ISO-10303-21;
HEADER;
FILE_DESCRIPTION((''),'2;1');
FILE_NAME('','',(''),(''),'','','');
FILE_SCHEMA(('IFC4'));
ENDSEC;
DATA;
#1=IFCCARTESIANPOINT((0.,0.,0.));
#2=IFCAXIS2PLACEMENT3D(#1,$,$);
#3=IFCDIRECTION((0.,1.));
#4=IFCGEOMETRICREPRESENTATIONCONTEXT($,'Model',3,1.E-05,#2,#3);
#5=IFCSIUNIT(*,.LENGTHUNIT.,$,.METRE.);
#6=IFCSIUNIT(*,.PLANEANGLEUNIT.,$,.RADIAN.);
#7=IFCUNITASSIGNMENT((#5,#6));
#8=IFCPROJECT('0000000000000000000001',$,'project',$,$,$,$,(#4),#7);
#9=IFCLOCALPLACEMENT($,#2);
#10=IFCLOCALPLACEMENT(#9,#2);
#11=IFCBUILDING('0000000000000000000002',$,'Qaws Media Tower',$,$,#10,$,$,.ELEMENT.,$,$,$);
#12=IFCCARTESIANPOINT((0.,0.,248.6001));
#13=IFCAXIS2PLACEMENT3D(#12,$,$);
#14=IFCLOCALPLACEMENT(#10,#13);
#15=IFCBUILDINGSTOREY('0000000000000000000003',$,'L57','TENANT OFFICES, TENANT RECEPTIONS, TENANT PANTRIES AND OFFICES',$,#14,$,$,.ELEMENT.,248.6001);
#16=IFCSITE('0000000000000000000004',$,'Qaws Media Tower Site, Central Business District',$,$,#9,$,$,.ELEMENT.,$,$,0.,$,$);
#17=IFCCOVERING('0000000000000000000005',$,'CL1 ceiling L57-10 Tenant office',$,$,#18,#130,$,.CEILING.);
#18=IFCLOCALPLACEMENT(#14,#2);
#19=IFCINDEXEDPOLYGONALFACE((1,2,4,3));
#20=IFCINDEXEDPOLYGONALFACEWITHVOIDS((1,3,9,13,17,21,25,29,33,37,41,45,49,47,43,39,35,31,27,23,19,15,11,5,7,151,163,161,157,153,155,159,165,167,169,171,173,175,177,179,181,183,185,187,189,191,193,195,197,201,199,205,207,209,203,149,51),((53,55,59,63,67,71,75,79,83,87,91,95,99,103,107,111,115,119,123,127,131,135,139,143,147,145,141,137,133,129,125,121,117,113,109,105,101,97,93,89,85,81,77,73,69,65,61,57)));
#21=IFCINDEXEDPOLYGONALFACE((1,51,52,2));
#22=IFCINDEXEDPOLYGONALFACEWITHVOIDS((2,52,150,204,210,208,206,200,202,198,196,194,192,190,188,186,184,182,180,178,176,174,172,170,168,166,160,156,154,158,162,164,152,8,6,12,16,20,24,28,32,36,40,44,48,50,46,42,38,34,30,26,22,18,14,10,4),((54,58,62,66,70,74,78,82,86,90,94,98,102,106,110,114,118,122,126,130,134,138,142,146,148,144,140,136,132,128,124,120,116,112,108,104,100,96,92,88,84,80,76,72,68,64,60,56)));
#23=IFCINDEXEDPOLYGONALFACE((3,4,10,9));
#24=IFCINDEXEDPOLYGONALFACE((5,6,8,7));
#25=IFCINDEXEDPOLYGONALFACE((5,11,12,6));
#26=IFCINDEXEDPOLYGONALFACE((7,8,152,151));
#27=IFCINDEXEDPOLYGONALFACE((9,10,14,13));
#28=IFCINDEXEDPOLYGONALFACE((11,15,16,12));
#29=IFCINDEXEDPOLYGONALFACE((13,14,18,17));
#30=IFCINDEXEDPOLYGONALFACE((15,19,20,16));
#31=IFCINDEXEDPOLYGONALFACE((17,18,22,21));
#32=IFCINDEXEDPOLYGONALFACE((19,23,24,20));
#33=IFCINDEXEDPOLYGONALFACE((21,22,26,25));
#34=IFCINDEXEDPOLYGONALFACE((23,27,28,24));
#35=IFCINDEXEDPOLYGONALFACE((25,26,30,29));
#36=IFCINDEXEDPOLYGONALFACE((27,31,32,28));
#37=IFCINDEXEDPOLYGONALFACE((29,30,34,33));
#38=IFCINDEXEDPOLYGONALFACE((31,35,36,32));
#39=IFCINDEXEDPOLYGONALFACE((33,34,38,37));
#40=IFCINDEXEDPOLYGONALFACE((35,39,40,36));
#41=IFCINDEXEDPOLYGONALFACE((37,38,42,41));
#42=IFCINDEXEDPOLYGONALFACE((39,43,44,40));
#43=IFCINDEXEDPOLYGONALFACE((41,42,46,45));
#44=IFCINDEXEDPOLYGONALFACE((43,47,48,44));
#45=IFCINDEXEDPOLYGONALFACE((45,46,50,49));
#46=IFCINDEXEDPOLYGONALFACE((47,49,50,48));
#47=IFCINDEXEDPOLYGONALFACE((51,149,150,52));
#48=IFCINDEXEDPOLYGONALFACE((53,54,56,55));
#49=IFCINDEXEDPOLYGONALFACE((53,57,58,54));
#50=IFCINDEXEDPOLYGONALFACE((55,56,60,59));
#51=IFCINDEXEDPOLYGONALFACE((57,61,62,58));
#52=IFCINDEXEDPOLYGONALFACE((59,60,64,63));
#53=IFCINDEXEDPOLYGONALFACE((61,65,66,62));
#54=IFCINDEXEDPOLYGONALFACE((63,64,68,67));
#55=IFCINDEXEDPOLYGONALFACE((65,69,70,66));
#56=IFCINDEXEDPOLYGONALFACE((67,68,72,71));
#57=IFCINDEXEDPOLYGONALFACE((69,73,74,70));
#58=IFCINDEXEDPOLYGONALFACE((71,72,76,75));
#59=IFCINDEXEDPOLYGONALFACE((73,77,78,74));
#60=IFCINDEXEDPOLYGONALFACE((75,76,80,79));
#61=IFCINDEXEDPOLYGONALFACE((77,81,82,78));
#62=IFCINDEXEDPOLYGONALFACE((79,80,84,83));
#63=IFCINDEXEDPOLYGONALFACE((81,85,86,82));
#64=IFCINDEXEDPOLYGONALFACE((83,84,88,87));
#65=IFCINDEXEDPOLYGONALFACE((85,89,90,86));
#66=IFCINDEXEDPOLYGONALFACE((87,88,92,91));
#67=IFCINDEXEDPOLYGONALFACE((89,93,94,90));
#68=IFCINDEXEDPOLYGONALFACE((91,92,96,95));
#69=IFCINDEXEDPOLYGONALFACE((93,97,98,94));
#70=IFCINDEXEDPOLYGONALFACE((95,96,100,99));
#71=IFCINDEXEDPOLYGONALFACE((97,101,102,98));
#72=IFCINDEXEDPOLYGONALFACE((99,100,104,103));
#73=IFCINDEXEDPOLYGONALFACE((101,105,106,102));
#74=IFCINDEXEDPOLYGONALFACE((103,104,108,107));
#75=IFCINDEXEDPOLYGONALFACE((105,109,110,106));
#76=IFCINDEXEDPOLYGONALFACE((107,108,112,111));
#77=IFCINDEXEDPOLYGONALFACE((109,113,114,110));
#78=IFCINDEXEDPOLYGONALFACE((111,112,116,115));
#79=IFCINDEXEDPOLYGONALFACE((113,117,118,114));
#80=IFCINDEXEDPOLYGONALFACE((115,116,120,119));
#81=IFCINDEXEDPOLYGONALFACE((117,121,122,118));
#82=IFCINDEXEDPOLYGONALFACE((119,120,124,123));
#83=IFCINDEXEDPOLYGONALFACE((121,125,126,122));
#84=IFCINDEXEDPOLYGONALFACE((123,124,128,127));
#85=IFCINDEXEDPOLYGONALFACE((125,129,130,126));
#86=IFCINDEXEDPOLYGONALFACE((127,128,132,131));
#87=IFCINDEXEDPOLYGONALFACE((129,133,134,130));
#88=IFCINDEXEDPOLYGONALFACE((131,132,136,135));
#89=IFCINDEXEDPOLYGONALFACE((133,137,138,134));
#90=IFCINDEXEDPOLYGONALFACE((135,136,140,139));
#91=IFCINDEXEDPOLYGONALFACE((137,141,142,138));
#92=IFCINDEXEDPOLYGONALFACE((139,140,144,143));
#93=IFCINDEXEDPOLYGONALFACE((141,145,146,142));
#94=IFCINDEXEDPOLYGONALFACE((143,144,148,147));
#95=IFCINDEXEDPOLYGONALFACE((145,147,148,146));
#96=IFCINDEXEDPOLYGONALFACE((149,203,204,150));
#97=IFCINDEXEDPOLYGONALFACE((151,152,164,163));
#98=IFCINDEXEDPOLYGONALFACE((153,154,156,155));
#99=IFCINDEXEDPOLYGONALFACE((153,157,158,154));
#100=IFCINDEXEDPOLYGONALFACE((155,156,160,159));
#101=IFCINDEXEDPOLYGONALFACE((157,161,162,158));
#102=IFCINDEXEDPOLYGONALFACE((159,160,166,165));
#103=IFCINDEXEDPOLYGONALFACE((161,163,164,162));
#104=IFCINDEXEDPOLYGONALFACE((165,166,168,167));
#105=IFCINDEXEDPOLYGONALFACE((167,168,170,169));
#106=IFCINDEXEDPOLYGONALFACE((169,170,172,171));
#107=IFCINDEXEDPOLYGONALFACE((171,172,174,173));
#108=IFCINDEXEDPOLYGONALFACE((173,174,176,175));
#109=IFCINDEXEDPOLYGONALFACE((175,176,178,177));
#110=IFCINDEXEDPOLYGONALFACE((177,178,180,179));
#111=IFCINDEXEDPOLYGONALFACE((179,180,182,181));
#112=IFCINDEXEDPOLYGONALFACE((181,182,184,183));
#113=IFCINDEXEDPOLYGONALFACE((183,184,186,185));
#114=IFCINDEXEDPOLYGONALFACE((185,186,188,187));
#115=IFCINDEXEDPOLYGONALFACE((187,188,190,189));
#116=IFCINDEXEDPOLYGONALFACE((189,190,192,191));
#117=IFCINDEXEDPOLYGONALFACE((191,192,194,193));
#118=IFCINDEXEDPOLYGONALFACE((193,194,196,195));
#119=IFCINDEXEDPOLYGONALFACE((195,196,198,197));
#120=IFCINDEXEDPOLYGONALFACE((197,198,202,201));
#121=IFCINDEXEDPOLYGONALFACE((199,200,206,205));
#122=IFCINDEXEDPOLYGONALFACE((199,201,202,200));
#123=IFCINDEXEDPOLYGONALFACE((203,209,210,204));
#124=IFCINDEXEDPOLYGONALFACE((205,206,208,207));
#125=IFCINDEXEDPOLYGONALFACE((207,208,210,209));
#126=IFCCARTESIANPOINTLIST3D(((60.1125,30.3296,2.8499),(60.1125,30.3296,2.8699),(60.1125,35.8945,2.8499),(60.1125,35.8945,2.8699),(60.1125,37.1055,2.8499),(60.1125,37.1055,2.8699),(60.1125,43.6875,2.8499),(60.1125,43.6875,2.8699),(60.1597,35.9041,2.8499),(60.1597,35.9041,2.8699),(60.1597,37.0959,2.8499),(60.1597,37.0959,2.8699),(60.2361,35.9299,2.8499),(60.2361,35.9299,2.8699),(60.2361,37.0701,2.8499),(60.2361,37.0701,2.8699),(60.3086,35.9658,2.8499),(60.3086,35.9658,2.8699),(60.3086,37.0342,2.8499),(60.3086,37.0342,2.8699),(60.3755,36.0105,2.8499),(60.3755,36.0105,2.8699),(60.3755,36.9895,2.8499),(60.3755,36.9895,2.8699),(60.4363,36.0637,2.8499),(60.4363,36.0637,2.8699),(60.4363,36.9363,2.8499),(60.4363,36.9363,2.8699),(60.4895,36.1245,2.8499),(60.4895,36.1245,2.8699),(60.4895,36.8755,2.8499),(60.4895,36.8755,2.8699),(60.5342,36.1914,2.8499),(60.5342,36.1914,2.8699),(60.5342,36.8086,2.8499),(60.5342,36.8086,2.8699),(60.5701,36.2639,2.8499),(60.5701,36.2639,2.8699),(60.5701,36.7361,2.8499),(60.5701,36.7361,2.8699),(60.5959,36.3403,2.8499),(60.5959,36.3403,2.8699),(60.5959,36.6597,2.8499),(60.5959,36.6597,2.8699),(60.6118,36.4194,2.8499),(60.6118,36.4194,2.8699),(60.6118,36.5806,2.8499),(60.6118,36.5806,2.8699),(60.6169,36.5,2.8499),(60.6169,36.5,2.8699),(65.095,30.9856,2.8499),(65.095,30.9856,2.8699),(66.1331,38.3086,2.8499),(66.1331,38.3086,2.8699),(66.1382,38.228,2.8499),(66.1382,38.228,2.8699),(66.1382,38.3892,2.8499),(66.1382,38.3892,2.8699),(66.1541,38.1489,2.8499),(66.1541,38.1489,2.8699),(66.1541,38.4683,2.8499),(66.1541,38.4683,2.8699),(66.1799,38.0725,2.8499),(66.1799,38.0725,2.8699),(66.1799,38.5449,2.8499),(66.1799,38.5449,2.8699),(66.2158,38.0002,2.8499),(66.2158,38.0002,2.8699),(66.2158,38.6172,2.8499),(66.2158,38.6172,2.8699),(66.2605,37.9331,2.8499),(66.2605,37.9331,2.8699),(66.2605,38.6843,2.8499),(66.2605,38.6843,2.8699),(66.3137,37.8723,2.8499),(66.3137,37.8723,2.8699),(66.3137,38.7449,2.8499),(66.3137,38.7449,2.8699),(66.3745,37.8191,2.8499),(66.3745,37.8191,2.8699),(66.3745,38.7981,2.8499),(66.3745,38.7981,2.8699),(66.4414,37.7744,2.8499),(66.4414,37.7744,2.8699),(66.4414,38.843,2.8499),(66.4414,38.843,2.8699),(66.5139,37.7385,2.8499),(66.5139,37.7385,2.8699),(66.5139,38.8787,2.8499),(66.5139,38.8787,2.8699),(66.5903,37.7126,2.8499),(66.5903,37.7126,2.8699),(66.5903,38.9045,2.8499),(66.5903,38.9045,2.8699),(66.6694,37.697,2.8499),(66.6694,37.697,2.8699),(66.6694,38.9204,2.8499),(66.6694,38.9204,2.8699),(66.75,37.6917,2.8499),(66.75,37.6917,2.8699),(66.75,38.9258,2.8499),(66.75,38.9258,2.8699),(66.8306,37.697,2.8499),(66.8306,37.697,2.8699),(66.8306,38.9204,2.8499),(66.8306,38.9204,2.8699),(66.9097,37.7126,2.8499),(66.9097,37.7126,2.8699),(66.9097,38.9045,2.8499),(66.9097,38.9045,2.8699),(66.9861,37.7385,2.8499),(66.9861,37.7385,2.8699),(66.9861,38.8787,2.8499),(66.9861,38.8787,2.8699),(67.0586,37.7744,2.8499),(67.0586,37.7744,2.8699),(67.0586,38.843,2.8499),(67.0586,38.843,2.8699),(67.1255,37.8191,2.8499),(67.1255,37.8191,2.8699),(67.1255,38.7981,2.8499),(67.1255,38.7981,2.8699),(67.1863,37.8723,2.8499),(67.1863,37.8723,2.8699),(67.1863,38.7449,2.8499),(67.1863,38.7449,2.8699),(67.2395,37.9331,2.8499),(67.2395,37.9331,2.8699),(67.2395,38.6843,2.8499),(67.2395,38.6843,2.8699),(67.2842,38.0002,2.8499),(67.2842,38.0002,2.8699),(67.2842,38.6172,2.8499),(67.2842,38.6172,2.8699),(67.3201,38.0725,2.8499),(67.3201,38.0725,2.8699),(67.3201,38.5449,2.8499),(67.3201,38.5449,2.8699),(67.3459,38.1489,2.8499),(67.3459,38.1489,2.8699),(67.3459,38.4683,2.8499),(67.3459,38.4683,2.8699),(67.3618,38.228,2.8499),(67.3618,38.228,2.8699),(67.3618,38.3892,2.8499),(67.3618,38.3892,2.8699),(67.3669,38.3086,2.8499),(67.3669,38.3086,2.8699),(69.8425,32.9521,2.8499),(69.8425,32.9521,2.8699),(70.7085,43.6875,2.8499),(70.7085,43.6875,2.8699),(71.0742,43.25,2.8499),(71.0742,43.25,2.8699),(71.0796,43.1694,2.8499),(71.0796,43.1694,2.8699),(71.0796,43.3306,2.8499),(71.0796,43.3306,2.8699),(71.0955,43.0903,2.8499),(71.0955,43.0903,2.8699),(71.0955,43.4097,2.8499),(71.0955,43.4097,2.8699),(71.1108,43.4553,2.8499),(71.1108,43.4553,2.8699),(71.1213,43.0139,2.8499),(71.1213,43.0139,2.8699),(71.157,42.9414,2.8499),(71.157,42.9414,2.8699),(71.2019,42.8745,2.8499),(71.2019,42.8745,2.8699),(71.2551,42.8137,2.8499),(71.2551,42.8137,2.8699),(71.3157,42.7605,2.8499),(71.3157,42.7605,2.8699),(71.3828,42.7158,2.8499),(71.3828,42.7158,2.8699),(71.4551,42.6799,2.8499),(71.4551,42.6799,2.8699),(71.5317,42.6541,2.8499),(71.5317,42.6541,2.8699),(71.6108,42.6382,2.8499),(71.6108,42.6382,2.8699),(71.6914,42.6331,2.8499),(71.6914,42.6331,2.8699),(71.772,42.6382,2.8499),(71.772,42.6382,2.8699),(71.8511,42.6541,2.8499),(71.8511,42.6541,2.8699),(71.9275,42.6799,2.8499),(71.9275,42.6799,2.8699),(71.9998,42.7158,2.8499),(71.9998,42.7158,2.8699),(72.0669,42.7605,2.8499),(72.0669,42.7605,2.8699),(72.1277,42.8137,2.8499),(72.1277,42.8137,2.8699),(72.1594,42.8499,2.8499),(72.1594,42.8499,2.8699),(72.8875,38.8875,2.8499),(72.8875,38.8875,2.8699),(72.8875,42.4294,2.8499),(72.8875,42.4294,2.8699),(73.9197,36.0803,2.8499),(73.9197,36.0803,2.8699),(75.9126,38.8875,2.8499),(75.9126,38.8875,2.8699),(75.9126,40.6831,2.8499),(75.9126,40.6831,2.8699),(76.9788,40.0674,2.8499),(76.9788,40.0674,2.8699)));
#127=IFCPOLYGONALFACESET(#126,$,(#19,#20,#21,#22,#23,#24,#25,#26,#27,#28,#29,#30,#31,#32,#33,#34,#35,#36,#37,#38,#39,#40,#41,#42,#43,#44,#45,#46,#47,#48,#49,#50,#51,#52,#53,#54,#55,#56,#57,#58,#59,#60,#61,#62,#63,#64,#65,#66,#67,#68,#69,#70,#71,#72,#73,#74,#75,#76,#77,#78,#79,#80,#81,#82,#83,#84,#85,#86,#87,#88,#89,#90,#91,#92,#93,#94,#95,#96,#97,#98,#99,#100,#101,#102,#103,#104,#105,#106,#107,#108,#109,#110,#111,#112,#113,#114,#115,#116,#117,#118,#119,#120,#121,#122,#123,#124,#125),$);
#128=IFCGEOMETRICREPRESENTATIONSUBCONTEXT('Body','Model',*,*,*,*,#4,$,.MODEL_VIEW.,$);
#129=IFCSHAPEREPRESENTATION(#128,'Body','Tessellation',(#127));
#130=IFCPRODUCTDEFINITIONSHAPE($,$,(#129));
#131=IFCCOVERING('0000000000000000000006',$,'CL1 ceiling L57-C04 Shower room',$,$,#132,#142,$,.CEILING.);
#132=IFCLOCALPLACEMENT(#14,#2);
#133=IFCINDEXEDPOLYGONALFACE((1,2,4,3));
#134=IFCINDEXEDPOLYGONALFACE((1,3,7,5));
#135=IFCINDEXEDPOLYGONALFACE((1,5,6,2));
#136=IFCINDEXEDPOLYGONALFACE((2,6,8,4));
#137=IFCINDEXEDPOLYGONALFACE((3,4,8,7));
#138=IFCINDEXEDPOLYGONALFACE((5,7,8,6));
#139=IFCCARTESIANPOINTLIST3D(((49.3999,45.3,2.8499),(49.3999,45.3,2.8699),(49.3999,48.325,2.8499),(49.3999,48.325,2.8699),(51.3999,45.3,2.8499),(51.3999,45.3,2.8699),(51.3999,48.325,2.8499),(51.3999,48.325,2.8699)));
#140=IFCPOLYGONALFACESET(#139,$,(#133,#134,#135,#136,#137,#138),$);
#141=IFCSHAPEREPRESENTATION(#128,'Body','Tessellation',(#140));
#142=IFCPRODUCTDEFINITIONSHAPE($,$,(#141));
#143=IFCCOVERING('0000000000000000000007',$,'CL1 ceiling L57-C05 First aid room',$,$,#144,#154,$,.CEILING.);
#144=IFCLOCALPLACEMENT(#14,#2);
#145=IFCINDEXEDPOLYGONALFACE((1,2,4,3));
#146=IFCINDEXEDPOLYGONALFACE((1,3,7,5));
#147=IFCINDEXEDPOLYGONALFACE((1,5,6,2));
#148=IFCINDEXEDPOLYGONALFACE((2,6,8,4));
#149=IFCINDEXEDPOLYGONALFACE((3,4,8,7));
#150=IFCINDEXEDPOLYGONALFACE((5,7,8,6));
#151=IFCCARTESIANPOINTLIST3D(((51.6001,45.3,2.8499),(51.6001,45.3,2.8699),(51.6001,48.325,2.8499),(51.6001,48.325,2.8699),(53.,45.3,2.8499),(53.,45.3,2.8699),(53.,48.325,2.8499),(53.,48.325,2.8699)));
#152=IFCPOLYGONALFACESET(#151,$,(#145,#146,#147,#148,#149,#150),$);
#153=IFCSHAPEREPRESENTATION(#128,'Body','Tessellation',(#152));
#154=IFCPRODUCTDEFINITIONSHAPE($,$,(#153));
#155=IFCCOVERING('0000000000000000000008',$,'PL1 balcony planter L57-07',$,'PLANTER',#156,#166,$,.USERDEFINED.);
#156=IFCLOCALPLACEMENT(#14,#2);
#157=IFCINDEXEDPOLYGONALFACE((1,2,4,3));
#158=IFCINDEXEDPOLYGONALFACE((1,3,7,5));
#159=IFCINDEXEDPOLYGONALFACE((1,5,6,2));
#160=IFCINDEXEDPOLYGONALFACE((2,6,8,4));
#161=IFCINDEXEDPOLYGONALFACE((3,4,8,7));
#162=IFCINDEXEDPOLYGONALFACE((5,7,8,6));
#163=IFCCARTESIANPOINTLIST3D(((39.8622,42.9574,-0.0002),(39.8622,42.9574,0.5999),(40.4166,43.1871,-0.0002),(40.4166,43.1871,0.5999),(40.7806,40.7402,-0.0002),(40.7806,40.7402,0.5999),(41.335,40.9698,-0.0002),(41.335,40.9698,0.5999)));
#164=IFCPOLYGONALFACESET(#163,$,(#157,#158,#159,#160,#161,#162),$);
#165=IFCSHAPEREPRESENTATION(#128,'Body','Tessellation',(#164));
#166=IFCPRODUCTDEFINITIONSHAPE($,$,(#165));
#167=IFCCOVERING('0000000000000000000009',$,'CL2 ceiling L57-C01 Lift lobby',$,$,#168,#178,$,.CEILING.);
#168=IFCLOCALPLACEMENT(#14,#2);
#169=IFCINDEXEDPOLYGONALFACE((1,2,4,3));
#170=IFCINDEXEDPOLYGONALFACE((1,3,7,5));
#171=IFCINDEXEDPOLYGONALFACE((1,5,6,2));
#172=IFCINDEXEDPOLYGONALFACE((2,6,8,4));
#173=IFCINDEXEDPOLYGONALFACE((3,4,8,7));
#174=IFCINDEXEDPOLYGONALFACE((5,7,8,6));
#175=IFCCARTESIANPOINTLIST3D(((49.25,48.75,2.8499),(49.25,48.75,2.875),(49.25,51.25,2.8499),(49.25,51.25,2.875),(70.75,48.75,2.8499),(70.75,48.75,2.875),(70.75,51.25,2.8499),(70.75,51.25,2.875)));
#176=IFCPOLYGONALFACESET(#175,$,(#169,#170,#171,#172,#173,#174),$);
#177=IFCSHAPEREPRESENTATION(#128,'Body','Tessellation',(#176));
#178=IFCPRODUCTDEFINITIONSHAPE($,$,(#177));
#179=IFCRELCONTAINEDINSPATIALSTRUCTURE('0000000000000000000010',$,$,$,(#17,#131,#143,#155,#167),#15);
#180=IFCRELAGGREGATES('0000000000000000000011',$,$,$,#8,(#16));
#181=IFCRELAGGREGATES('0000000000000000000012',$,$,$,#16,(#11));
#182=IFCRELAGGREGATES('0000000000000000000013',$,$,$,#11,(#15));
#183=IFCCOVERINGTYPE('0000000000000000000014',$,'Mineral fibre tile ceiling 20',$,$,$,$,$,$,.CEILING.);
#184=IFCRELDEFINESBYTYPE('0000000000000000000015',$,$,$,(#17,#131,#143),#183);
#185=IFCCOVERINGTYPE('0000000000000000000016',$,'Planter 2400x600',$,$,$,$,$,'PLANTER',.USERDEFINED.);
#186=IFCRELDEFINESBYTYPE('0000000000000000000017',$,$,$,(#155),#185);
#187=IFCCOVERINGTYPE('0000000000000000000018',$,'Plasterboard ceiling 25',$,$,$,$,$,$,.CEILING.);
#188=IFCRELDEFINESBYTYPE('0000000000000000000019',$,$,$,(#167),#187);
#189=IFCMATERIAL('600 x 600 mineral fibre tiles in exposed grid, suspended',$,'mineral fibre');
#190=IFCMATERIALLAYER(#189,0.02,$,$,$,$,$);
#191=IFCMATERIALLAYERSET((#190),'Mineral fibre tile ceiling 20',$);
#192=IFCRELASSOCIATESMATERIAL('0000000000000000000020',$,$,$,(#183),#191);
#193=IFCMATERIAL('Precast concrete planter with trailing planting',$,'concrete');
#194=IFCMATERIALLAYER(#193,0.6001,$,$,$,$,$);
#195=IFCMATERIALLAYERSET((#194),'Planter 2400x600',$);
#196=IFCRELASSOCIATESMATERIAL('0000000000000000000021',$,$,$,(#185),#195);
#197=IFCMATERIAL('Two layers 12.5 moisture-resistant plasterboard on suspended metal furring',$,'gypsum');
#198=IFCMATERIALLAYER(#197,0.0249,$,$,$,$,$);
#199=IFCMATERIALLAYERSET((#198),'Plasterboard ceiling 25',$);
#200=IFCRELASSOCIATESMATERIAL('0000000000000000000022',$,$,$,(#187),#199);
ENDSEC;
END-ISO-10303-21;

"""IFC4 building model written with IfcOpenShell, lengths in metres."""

from ifc_helpers import new_model, si_unit, direction, frame, origin, origin_2d, place, context, subcontext, project, spatial, polyline, rectangle, outline, extrude, material, layer, layer_set, type_object, element, save


model = new_model("IFC4")

# Units and contexts
model_context = context("Model", 3, precision=1e-05, world=origin(), true_north=direction((0.0, 1.0)))
body_context = subcontext(model_context, "Body", "Model", "MODEL_VIEW")
ifc_project = project(units=[si_unit("LENGTHUNIT", "METRE"), si_unit("PLANEANGLEUNIT", "RADIAN")], contexts=[model_context])

# Site, building, storey
site_placement = place(None, origin())
site = spatial("IfcSite", under=ifc_project, at=site_placement, Name="Qaws Media Tower Site, Central Business District", CompositionType="ELEMENT", RefElevation=0.0)
building_placement = place(site_placement, origin())
building = spatial("IfcBuilding", under=site, at=building_placement, Name="Qaws Media Tower", CompositionType="ELEMENT")
storey_placement = place(building_placement, frame((0.0, 0.0, 248.6001)))
storey = spatial("IfcBuildingStorey", under=building, at=storey_placement, Name="L57", Description="TENANT OFFICES, TENANT RECEPTIONS, TENANT PANTRIES AND OFFICES", CompositionType="ELEMENT", Elevation=248.6001)

# Coverings
ifc_material_1 = material(Name="600 x 600 mineral fibre tiles in exposed grid, suspended", Category="mineral fibre")
ifc_layer_1 = layer(ifc_material_1, 0.02)
ifc_layer_set_1 = layer_set([ifc_layer_1], Name="Mineral fibre tile ceiling 20")
covering_type_1 = type_object("IfcCoveringType", Name="Mineral fibre tile ceiling 20", PredefinedType="CEILING", material=ifc_layer_set_1)
covering_1_placement = place(storey_placement, frame((0.0, 0.0, 2.8499)))
element("IfcCovering", 1, at=covering_1_placement, inside=storey, type_object=covering_type_1, Name="CL1 ceiling L57-10 Tenant office", PredefinedType="CEILING", context=body_context, shape_type="SweptSolid", body=[
    extrude(outline(polyline([(72.8875, 38.8875), (75.9126, 38.8875), (75.9126, 40.6831), (76.9788, 40.0674), (73.9197, 36.0803), (69.8425, 32.9521), (65.095, 30.9856), (60.1125, 30.3296), (60.1125, 35.8945), (60.1597, 35.9041), (60.2361, 35.9299), (60.3086, 35.9658), (60.3755, 36.0105), (60.4363, 36.0637), (60.4895, 36.1245), (60.5342, 36.1914), (60.5701, 36.2639), (60.5959, 36.3403), (60.6118, 36.4194), (60.6169, 36.5), (60.6118, 36.5806), (60.5959, 36.6597), (60.5701, 36.7361), (60.5342, 36.8086), (60.4895, 36.8755), (60.4363, 36.9363), (60.3755, 36.9895), (60.3086, 37.0342), (60.2361, 37.0701), (60.1597, 37.0959), (60.1125, 37.1055), (60.1125, 43.6875), (70.7085, 43.6875), (71.1108, 43.4553), (71.0955, 43.4097), (71.0796, 43.3306), (71.0742, 43.25), (71.0796, 43.1694), (71.0955, 43.0903), (71.1213, 43.0139), (71.157, 42.9414), (71.2019, 42.8745), (71.2551, 42.8137), (71.3157, 42.7605), (71.3828, 42.7158), (71.4551, 42.6799), (71.5317, 42.6541), (71.6108, 42.6382), (71.6914, 42.6331), (71.772, 42.6382), (71.8511, 42.6541), (71.9275, 42.6799), (71.9998, 42.7158), (72.0669, 42.7605), (72.1277, 42.8137), (72.1594, 42.8499), (72.8875, 42.4294), (72.8875, 38.8875)]), holes=[polyline([(67.3201, 38.0725), (67.3459, 38.1489), (67.3618, 38.228), (67.3669, 38.3086), (67.3618, 38.3892), (67.3459, 38.4683), (67.3201, 38.5449), (67.2842, 38.6172), (67.2395, 38.6843), (67.1863, 38.7449), (67.1255, 38.7981), (67.0586, 38.843), (66.9861, 38.8787), (66.9097, 38.9045), (66.8306, 38.9204), (66.75, 38.9258), (66.6694, 38.9204), (66.5903, 38.9045), (66.5139, 38.8787), (66.4414, 38.843), (66.3745, 38.7981), (66.3137, 38.7449), (66.2605, 38.6843), (66.2158, 38.6172), (66.1799, 38.5449), (66.1541, 38.4683), (66.1382, 38.3892), (66.1331, 38.3086), (66.1382, 38.228), (66.1541, 38.1489), (66.1799, 38.0725), (66.2158, 38.0002), (66.2605, 37.9331), (66.3137, 37.8723), (66.3745, 37.8191), (66.4414, 37.7744), (66.5139, 37.7385), (66.5903, 37.7126), (66.6694, 37.697), (66.75, 37.6917), (66.8306, 37.697), (66.9097, 37.7126), (66.9861, 37.7385), (67.0586, 37.7744), (67.1255, 37.8191), (67.1863, 37.8723), (67.2395, 37.9331), (67.2842, 38.0002), (67.3201, 38.0725)])]), origin(), (0.0, 0.0, 1.0), 0.02),
])
covering_2_placement = place(storey_placement, frame((0.0, 0.0, 2.8499)))
element("IfcCovering", 2, at=covering_2_placement, inside=storey, type_object=covering_type_1, Name="CL1 ceiling L57-C04 Shower room", PredefinedType="CEILING", context=body_context, shape_type="SweptSolid", body=[
    extrude(outline(polyline([(49.3999, 45.3), (49.3999, 48.325), (51.3999, 48.325), (51.3999, 45.3), (49.3999, 45.3)])), origin(), (0.0, 0.0, 1.0), 0.02),
])
covering_3_placement = place(storey_placement, frame((0.0, 0.0, 2.8499)))
element("IfcCovering", 3, at=covering_3_placement, inside=storey, type_object=covering_type_1, Name="CL1 ceiling L57-C05 First aid room", PredefinedType="CEILING", context=body_context, shape_type="SweptSolid", body=[
    extrude(outline(polyline([(51.6001, 45.3), (51.6001, 48.325), (53.0, 48.325), (53.0, 45.3), (51.6001, 45.3)])), origin(), (0.0, 0.0, 1.0), 0.02),
])
ifc_material_2 = material(Name="Precast concrete planter with trailing planting", Category="concrete")
ifc_layer_2 = layer(ifc_material_2, 0.6001)
ifc_layer_set_2 = layer_set([ifc_layer_2], Name="Planter 2400x600")
covering_type_2 = type_object("IfcCoveringType", Name="Planter 2400x600", ElementType="PLANTER", PredefinedType="USERDEFINED", material=ifc_layer_set_2)
covering_4_placement = place(storey_placement, frame((40.5986, 41.9636, -0.0002), z_axis=(0.0, 0.0, 1.0), x_axis=(0.382683, -0.92388, 0.0)))
element("IfcCovering", 4, at=covering_4_placement, inside=storey, type_object=covering_type_2, Name="PL1 balcony planter L57-07", ObjectType="PLANTER", PredefinedType="USERDEFINED", context=body_context, shape_type="SweptSolid", body=[
    extrude(rectangle(XDim=2.3999, YDim=0.6001, at=origin_2d()), origin(), (0.0, 0.0, 1.0), 0.6001),
])
ifc_material_3 = material(Name="Two layers 12.5 moisture-resistant plasterboard on suspended metal furring", Category="gypsum")
ifc_layer_3 = layer(ifc_material_3, 0.0249)
ifc_layer_set_3 = layer_set([ifc_layer_3], Name="Plasterboard ceiling 25")
covering_type_3 = type_object("IfcCoveringType", Name="Plasterboard ceiling 25", PredefinedType="CEILING", material=ifc_layer_set_3)
covering_5_placement = place(storey_placement, frame((0.0, 0.0, 2.8499)))
element("IfcCovering", 5, at=covering_5_placement, inside=storey, type_object=covering_type_3, Name="CL2 ceiling L57-C01 Lift lobby", PredefinedType="CEILING", context=body_context, shape_type="SweptSolid", body=[
    extrude(outline(polyline([(49.25, 48.75), (49.25, 51.25), (70.75, 51.25), (70.75, 48.75), (49.25, 48.75)])), origin(), (0.0, 0.0, 1.0), 0.0251),
])

save(model, "model.ifc")
